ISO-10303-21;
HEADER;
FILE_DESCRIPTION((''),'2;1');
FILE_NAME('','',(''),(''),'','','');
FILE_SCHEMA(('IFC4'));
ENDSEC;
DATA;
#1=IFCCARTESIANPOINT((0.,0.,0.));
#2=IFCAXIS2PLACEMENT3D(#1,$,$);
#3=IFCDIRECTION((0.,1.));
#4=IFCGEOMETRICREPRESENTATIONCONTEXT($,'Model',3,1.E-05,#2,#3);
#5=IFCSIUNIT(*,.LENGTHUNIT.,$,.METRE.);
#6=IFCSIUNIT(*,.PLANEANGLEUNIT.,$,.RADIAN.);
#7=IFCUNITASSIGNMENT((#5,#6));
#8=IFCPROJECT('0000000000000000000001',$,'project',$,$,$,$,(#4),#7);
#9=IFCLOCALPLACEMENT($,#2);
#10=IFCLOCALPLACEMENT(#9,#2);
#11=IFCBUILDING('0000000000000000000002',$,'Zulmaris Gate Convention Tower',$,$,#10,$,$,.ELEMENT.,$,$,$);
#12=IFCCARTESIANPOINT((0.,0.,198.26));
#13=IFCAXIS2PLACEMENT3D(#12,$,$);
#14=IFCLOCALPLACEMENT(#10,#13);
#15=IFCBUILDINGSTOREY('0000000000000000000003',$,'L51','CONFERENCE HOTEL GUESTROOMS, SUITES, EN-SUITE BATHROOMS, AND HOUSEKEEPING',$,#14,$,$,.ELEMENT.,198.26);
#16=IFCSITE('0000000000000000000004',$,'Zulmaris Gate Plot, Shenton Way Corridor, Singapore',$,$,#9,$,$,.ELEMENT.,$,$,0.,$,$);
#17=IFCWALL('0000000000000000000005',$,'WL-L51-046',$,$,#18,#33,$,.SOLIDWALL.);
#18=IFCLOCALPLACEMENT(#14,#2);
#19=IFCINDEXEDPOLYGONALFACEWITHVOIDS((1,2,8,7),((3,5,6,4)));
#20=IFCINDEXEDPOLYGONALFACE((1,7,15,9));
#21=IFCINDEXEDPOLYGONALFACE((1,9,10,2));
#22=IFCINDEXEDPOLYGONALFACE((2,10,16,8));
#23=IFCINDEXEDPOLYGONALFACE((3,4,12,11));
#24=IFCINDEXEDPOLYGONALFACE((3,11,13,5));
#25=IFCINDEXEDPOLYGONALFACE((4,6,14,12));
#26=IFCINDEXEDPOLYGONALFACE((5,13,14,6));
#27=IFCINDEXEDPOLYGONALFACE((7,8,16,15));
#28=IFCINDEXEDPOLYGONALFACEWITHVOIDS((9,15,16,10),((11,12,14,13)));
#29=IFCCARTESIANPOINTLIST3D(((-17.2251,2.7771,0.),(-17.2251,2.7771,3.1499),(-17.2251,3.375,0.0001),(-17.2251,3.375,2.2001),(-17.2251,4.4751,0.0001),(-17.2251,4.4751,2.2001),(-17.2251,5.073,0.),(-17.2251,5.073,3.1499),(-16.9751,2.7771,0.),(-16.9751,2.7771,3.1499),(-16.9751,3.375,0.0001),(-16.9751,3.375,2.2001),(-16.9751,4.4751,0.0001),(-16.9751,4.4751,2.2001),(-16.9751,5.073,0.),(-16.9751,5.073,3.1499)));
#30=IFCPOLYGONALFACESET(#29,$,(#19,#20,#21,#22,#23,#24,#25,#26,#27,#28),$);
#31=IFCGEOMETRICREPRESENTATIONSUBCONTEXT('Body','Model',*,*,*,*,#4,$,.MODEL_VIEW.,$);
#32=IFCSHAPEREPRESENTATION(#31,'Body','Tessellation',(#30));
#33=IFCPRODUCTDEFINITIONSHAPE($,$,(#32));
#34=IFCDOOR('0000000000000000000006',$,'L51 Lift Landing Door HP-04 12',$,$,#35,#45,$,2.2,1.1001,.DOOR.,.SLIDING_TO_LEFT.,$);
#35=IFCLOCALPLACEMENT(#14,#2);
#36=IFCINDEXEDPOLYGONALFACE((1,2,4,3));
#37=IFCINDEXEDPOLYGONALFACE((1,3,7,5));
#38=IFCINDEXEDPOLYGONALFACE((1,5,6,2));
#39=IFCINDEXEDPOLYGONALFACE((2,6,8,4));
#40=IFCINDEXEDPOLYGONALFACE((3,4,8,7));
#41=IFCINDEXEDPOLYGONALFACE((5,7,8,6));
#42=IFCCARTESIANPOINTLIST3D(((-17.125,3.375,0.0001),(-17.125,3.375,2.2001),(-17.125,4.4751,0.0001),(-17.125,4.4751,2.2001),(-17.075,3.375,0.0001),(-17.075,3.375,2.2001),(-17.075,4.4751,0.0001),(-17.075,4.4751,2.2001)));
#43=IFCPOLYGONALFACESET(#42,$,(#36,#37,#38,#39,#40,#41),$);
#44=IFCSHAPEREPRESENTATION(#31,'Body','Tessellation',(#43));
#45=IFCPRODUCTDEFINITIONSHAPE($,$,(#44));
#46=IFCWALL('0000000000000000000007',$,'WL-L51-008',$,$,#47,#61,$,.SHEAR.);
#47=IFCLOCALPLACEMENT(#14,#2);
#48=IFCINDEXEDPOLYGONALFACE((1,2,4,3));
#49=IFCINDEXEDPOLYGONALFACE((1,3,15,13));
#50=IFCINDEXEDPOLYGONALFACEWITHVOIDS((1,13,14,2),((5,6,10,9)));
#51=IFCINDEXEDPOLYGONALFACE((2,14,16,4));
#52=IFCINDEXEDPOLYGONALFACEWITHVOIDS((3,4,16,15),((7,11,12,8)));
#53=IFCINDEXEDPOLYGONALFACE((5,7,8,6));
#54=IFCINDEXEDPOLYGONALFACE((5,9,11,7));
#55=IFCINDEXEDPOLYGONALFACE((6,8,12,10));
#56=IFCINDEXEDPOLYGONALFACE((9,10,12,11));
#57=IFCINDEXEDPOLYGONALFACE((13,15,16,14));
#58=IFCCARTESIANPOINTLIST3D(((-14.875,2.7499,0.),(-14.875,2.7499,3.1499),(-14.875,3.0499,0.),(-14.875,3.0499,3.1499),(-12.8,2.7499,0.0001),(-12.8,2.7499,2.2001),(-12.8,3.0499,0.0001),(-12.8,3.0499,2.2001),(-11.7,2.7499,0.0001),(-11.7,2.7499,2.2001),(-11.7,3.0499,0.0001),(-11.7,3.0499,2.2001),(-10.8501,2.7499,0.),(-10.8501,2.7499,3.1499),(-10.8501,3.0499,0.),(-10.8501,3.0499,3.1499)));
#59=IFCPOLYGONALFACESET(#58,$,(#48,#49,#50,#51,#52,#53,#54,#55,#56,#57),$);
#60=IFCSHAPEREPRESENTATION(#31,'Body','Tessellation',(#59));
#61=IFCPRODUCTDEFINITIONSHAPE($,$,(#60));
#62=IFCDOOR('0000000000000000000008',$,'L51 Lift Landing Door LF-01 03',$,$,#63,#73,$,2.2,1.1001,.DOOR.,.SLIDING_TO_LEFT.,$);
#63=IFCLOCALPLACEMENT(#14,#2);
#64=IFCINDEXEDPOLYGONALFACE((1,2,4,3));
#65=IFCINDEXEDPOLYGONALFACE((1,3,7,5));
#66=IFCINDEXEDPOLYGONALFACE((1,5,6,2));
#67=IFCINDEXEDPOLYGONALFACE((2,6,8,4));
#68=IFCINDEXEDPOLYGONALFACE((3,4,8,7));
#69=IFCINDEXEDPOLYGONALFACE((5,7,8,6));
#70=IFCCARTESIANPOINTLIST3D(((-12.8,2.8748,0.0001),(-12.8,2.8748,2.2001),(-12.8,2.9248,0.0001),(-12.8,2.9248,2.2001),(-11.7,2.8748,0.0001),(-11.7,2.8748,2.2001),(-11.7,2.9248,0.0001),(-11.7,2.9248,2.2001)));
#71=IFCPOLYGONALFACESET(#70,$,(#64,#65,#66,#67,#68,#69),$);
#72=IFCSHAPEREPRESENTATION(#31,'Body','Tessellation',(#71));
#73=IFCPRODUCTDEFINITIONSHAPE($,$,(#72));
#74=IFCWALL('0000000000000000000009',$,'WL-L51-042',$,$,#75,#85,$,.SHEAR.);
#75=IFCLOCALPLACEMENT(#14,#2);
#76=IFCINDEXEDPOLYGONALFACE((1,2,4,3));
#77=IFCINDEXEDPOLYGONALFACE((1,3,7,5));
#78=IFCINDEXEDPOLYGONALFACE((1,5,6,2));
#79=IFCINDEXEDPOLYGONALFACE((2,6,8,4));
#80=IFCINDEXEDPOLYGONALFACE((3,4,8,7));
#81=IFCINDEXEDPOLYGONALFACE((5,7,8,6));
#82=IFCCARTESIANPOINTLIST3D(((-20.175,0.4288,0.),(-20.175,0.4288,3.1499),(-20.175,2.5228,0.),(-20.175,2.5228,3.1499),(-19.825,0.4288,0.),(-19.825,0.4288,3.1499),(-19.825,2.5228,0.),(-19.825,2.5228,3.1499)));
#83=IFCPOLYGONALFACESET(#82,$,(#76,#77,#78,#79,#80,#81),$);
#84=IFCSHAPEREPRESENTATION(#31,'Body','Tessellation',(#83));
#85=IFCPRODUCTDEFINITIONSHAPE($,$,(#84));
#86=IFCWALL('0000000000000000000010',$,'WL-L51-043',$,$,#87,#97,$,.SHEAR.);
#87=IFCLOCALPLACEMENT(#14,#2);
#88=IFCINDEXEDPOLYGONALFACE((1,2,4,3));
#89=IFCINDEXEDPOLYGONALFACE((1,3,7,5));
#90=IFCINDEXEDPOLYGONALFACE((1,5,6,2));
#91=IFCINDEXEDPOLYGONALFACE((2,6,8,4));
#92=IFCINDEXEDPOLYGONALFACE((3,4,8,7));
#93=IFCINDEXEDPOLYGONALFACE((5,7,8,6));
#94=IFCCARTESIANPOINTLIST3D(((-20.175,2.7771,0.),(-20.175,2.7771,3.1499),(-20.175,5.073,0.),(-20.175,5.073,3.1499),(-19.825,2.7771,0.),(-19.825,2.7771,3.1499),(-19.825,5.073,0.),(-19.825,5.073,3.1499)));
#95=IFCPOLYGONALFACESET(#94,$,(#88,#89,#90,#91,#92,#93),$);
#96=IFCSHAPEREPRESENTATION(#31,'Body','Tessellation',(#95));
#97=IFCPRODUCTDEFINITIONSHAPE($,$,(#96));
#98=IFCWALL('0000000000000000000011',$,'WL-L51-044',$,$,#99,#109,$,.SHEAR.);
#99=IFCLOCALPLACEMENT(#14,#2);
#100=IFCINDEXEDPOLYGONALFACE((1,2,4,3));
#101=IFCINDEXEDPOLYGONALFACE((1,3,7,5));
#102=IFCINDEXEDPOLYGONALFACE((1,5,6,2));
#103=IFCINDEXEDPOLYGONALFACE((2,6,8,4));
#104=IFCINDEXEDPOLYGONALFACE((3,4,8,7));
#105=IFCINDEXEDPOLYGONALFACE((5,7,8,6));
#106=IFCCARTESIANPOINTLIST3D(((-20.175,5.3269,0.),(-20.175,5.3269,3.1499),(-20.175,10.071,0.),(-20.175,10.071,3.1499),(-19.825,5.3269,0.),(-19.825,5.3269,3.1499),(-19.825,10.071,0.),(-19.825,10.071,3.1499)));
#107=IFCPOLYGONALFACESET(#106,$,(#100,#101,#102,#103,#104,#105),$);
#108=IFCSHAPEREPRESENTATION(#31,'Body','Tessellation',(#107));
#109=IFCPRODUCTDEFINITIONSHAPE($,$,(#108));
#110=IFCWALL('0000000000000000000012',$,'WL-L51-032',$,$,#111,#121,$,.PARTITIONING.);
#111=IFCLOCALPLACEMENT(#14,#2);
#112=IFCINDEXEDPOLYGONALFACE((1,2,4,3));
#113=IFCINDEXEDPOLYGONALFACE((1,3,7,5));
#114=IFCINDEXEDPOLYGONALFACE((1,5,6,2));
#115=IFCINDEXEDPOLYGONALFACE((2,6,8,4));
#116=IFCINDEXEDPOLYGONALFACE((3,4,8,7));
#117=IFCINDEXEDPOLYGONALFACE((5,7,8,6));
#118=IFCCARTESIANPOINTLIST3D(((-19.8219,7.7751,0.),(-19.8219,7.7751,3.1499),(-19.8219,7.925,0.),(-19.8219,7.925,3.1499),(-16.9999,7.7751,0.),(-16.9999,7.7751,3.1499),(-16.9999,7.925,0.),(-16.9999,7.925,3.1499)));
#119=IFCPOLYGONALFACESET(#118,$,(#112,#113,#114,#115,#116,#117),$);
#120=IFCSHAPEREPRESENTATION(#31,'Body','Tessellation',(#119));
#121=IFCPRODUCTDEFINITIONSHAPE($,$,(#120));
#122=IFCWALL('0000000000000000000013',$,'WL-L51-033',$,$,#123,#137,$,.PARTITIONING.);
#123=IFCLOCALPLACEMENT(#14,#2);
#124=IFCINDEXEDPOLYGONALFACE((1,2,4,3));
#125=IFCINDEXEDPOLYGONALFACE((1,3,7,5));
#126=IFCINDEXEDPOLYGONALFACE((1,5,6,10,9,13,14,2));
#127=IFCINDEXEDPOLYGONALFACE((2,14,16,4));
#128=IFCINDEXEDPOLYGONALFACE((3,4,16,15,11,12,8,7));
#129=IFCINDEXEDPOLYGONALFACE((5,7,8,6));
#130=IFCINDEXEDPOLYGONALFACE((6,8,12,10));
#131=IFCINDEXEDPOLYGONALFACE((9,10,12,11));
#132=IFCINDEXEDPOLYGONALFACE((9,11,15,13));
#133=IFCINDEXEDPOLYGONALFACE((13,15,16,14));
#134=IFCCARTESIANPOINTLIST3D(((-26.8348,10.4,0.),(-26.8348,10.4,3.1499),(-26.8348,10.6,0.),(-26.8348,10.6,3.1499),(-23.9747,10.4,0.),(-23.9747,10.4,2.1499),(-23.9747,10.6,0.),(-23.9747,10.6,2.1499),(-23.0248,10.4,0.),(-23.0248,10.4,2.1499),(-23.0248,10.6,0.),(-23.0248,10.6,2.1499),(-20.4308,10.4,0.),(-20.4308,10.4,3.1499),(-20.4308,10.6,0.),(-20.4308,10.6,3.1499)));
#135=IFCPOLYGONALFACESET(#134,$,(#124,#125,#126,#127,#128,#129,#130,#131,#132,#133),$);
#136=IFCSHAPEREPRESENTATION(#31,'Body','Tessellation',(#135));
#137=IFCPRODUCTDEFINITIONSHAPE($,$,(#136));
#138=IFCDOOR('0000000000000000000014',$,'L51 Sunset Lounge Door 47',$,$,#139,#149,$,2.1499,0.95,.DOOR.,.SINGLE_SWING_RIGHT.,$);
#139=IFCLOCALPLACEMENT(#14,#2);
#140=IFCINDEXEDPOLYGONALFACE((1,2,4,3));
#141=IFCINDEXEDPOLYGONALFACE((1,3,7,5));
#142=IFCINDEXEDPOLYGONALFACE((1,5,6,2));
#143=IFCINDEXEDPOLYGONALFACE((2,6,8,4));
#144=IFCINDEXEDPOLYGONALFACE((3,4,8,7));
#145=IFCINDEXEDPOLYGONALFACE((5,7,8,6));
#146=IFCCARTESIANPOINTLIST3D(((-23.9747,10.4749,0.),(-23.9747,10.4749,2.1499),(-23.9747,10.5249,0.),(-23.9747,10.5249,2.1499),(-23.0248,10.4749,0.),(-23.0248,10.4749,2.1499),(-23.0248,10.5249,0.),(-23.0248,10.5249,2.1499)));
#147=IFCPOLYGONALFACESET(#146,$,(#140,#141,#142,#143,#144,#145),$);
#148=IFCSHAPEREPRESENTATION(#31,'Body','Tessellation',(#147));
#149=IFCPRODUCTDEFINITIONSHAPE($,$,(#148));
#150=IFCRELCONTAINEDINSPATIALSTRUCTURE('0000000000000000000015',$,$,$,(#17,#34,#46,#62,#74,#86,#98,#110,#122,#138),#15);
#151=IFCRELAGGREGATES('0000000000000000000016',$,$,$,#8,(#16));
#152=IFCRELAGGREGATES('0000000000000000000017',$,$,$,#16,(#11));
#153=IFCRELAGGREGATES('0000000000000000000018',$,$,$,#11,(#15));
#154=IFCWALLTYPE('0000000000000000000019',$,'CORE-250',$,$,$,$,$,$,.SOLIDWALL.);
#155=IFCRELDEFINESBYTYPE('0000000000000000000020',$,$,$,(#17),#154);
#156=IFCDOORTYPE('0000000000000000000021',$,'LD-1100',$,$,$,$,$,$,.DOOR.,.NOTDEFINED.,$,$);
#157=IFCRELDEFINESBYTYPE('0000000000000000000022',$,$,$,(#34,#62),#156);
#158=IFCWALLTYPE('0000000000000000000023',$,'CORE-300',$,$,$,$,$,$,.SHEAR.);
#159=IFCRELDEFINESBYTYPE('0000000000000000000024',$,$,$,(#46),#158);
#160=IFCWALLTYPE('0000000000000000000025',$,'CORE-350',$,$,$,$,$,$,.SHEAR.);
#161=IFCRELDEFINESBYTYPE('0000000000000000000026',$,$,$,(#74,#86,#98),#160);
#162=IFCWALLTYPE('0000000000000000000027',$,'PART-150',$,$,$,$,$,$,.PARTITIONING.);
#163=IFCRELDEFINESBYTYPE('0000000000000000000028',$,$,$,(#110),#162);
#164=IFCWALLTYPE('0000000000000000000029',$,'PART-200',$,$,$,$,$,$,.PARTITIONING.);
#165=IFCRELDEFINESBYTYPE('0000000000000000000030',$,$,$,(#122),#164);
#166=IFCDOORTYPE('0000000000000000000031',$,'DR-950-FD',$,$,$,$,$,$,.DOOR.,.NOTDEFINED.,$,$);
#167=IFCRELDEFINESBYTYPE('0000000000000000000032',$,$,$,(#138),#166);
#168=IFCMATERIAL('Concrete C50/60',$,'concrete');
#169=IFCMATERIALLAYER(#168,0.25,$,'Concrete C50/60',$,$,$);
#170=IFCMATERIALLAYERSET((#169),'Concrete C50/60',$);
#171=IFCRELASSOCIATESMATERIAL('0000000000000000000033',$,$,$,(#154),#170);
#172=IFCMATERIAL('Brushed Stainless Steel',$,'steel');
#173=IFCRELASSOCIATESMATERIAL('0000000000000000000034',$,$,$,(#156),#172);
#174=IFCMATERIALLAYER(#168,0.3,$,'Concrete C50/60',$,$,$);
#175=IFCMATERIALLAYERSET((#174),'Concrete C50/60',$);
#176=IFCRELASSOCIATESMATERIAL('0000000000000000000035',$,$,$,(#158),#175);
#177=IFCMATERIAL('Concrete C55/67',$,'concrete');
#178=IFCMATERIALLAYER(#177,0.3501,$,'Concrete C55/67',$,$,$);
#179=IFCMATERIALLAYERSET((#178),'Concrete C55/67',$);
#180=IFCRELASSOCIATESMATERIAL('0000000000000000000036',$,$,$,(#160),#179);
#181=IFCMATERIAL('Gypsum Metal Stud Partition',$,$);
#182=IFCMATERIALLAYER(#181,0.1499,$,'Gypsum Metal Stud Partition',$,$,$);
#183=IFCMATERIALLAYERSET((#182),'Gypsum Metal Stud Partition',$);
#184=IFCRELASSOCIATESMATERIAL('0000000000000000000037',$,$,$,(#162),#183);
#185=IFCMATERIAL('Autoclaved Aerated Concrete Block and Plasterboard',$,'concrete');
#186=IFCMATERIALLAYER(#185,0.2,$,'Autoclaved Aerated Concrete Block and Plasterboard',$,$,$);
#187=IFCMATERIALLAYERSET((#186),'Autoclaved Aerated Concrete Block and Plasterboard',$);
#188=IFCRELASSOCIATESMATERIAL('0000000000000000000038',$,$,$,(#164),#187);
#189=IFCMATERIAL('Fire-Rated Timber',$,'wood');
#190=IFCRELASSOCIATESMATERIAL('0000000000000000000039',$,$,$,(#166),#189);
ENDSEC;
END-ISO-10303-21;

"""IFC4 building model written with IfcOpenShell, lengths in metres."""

from ifc_helpers import new_model, si_unit, direction, frame, frame_2d, origin, place, context, subcontext, project, spatial, rectangle, extrude, material, layer, layer_set, type_object, element, fill, save


model = new_model("IFC4")

# Units and contexts
model_context = context("Model", 3, precision=1e-05, world=origin(), true_north=direction((0.0, 1.0)))
body_context = subcontext(model_context, "Body", "Model", "MODEL_VIEW")
ifc_project = project(units=[si_unit("LENGTHUNIT", "METRE"), si_unit("PLANEANGLEUNIT", "RADIAN")], contexts=[model_context])

# Site, building, storey
site_placement = place(None, origin())
site = spatial("IfcSite", under=ifc_project, at=site_placement, Name="Zulmaris Gate Plot, Shenton Way Corridor, Singapore", CompositionType="ELEMENT", RefElevation=0.0)
building_placement = place(site_placement, origin())
building = spatial("IfcBuilding", under=site, at=building_placement, Name="Zulmaris Gate Convention Tower", CompositionType="ELEMENT")
storey_placement = place(building_placement, frame((0.0, 0.0, 198.26)))
storey = spatial("IfcBuildingStorey", under=building, at=storey_placement, Name="L51", Description="CONFERENCE HOTEL GUESTROOMS, SUITES, EN-SUITE BATHROOMS, AND HOUSEKEEPING", CompositionType="ELEMENT", Elevation=198.26)

# Shared definitions
ifc_material_1 = material(Name="Concrete C50/60", Category="concrete")

# Shared definitions
ifc_layer_1 = layer(ifc_material_1, 0.25, Name="Concrete C50/60")
ifc_layer_set_1 = layer_set([ifc_layer_1], Name="Concrete C50/60")
wall_type_1 = type_object("IfcWallType", Name="CORE-250", PredefinedType="SOLIDWALL", material=ifc_layer_set_1)

# Walls, openings, doors
wall_1_placement = place(storey_placement, frame((-17.1001, 2.7771, 0.0), z_axis=(0.0, 0.0, 1.0), x_axis=(0.0, 1.0, 0.0)))
wall_1 = element("IfcWall", 1, at=wall_1_placement, inside=storey, type_object=wall_type_1, Name="WL-L51-046", PredefinedType="SOLIDWALL", context=body_context, shape_type="SweptSolid", body=[
    extrude(rectangle(XDim=2.2959, YDim=0.25, at=frame_2d((1.1479, 0.0))), origin(), (0.0, 0.0, 1.0), 3.1499),
])
opening_1_placement = place(wall_1_placement, frame((0.5979, 0.0, 0.0)))
opening_1 = element("IfcOpeningElement", 2, at=opening_1_placement, cuts=wall_1, PredefinedType="OPENING", context=body_context, shape_type="SweptSolid", body=[
    extrude(rectangle(XDim=1.1001, YDim=2.2, at=frame_2d((0.55, 1.1001))), frame((0.0, 0.135, 0.0), z_axis=(0.0, -1.0, 0.0), x_axis=(1.0, 0.0, 0.0)), (0.0, 0.0, 1.0), 0.27),
])
ifc_material_2 = material(Name="Brushed Stainless Steel", Category="steel")
door_type_1 = type_object("IfcDoorType", Name="LD-1100", OperationType="NOTDEFINED", PredefinedType="DOOR", material=ifc_material_2)
door_1_placement = place(opening_1_placement, origin())
door_1 = element("IfcDoor", 3, at=door_1_placement, inside=storey, type_object=door_type_1, Name="L51 Lift Landing Door HP-04 12", OperationType="SLIDING_TO_LEFT", OverallHeight=2.2, OverallWidth=1.1001, PredefinedType="DOOR", context=body_context, shape_type="SweptSolid", body=[
    extrude(rectangle(XDim=1.1001, YDim=2.2, at=frame_2d((0.55, 1.1001))), frame((0.0, 0.0249, 0.0), z_axis=(0.0, -1.0, 0.0), x_axis=(1.0, 0.0, 0.0)), (0.0, 0.0, 1.0), 0.05),
])
fill(opening_1, door_1)
ifc_layer_2 = layer(ifc_material_1, 0.3, Name="Concrete C50/60")
ifc_layer_set_2 = layer_set([ifc_layer_2], Name="Concrete C50/60")
wall_type_2 = type_object("IfcWallType", Name="CORE-300", PredefinedType="SHEAR", material=ifc_layer_set_2)
wall_2_placement = place(storey_placement, frame((-14.875, 2.8999, 0.0), z_axis=(0.0, 0.0, 1.0), x_axis=(1.0, 0.0, 0.0)))
wall_2 = element("IfcWall", 4, at=wall_2_placement, inside=storey, type_object=wall_type_2, Name="WL-L51-008", PredefinedType="SHEAR", context=body_context, shape_type="SweptSolid", body=[
    extrude(rectangle(XDim=4.0249, YDim=0.3, at=frame_2d((2.0125, 0.0))), origin(), (0.0, 0.0, 1.0), 3.1499),
])
opening_2_placement = place(wall_2_placement, frame((2.075, 0.0, 0.0)))
opening_2 = element("IfcOpeningElement", 5, at=opening_2_placement, cuts=wall_2, PredefinedType="OPENING", context=body_context, shape_type="SweptSolid", body=[
    extrude(rectangle(XDim=1.1001, YDim=2.2, at=frame_2d((0.55, 1.1001))), frame((0.0, 0.1602, 0.0), z_axis=(0.0, -1.0, 0.0), x_axis=(1.0, 0.0, 0.0)), (0.0, 0.0, 1.0), 0.3201),
])
door_2_placement = place(opening_2_placement, origin())
door_2 = element("IfcDoor", 6, at=door_2_placement, inside=storey, type_object=door_type_1, Name="L51 Lift Landing Door LF-01 03", OperationType="SLIDING_TO_LEFT", OverallHeight=2.2, OverallWidth=1.1001, PredefinedType="DOOR", context=body_context, shape_type="SweptSolid", body=[
    extrude(rectangle(XDim=1.1001, YDim=2.2, at=frame_2d((0.55, 1.1001))), frame((0.0, 0.0249, 0.0), z_axis=(0.0, -1.0, 0.0), x_axis=(1.0, 0.0, 0.0)), (0.0, 0.0, 1.0), 0.05),
])
fill(opening_2, door_2)

# Walls
ifc_material_3 = material(Name="Concrete C55/67", Category="concrete")
ifc_layer_3 = layer(ifc_material_3, 0.3501, Name="Concrete C55/67")
ifc_layer_set_3 = layer_set([ifc_layer_3], Name="Concrete C55/67")
wall_type_3 = type_object("IfcWallType", Name="CORE-350", PredefinedType="SHEAR", material=ifc_layer_set_3)
wall_3_placement = place(storey_placement, frame((-20.0, 0.429, 0.0), z_axis=(0.0, 0.0, 1.0), x_axis=(0.0, 1.0, 0.0)))
element("IfcWall", 7, at=wall_3_placement, inside=storey, type_object=wall_type_3, Name="WL-L51-042", PredefinedType="SHEAR", context=body_context, shape_type="SweptSolid", body=[
    extrude(rectangle(XDim=2.094, YDim=0.3501, at=frame_2d((1.0469, 0.0))), origin(), (0.0, 0.0, 1.0), 3.1499),
])
wall_4_placement = place(storey_placement, frame((-20.0, 2.7771, 0.0), z_axis=(0.0, 0.0, 1.0), x_axis=(0.0, 1.0, 0.0)))
element("IfcWall", 8, at=wall_4_placement, inside=storey, type_object=wall_type_3, Name="WL-L51-043", PredefinedType="SHEAR", context=body_context, shape_type="SweptSolid", body=[
    extrude(rectangle(XDim=2.2959, YDim=0.3501, at=frame_2d((1.1479, 0.0))), origin(), (0.0, 0.0, 1.0), 3.1499),
])
wall_5_placement = place(storey_placement, frame((-20.0, 5.3269, 0.0), z_axis=(0.0, 0.0, 1.0), x_axis=(0.0, 1.0, 0.0)))
element("IfcWall", 9, at=wall_5_placement, inside=storey, type_object=wall_type_3, Name="WL-L51-044", PredefinedType="SHEAR", context=body_context, shape_type="SweptSolid", body=[
    extrude(rectangle(XDim=4.7441, YDim=0.3501, at=frame_2d((2.3721, 0.0))), origin(), (0.0, 0.0, 1.0), 3.1499),
])
ifc_material_4 = material(Name="Gypsum Metal Stud Partition")
ifc_layer_4 = layer(ifc_material_4, 0.1499, Name="Gypsum Metal Stud Partition")
ifc_layer_set_4 = layer_set([ifc_layer_4], Name="Gypsum Metal Stud Partition")
wall_type_4 = type_object("IfcWallType", Name="PART-150", PredefinedType="PARTITIONING", material=ifc_layer_set_4)
wall_6_placement = place(storey_placement, frame((-19.822, 7.8501, 0.0), z_axis=(0.0, 0.0, 1.0), x_axis=(1.0, 0.0, 0.0)))
element("IfcWall", 10, at=wall_6_placement, inside=storey, type_object=wall_type_4, Name="WL-L51-032", PredefinedType="PARTITIONING", context=body_context, shape_type="SweptSolid", body=[
    extrude(rectangle(XDim=2.822, YDim=0.1499, at=frame_2d((1.4111, 0.0))), origin(), (0.0, 0.0, 1.0), 3.1499),
])

# Wall, opening, door
ifc_material_5 = material(Name="Autoclaved Aerated Concrete Block and Plasterboard", Category="concrete")
ifc_layer_5 = layer(ifc_material_5, 0.2, Name="Autoclaved Aerated Concrete Block and Plasterboard")
ifc_layer_set_5 = layer_set([ifc_layer_5], Name="Autoclaved Aerated Concrete Block and Plasterboard")
wall_type_5 = type_object("IfcWallType", Name="PART-200", PredefinedType="PARTITIONING", material=ifc_layer_set_5)
wall_7_placement = place(storey_placement, frame((-26.835, 10.5, 0.0), z_axis=(0.0, 0.0, 1.0), x_axis=(1.0, 0.0, 0.0)))
wall_7 = element("IfcWall", 11, at=wall_7_placement, inside=storey, type_object=wall_type_5, Name="WL-L51-033", PredefinedType="PARTITIONING", context=body_context, shape_type="SweptSolid", body=[
    extrude(rectangle(XDim=6.4041, YDim=0.2, at=frame_2d((3.2021, 0.0))), origin(), (0.0, 0.0, 1.0), 3.1499),
])
opening_3_placement = place(wall_7_placement, frame((2.8601, 0.0, 0.0)))
opening_3 = element("IfcOpeningElement", 12, at=opening_3_placement, cuts=wall_7, PredefinedType="OPENING", context=body_context, shape_type="SweptSolid", body=[
    extrude(rectangle(XDim=0.95, YDim=2.1499, at=frame_2d((0.4751, 1.075))), frame((0.0, 0.1099, 0.0), z_axis=(0.0, -1.0, 0.0), x_axis=(1.0, 0.0, 0.0)), (0.0, 0.0, 1.0), 0.22),
])
ifc_material_6 = material(Name="Fire-Rated Timber", Category="wood")
door_type_2 = type_object("IfcDoorType", Name="DR-950-FD", OperationType="NOTDEFINED", PredefinedType="DOOR", material=ifc_material_6)
door_3_placement = place(opening_3_placement, origin())
door_3 = element("IfcDoor", 13, at=door_3_placement, inside=storey, type_object=door_type_2, Name="L51 Sunset Lounge Door 47", OperationType="SINGLE_SWING_RIGHT", OverallHeight=2.1499, OverallWidth=0.95, PredefinedType="DOOR", context=body_context, shape_type="SweptSolid", body=[
    extrude(rectangle(XDim=0.95, YDim=2.1499, at=frame_2d((0.4751, 1.075))), frame((0.0, 0.0249, 0.0), z_axis=(0.0, -1.0, 0.0), x_axis=(1.0, 0.0, 0.0)), (0.0, 0.0, 1.0), 0.05),
])
fill(opening_3, door_3)

save(model, "model.ifc")
